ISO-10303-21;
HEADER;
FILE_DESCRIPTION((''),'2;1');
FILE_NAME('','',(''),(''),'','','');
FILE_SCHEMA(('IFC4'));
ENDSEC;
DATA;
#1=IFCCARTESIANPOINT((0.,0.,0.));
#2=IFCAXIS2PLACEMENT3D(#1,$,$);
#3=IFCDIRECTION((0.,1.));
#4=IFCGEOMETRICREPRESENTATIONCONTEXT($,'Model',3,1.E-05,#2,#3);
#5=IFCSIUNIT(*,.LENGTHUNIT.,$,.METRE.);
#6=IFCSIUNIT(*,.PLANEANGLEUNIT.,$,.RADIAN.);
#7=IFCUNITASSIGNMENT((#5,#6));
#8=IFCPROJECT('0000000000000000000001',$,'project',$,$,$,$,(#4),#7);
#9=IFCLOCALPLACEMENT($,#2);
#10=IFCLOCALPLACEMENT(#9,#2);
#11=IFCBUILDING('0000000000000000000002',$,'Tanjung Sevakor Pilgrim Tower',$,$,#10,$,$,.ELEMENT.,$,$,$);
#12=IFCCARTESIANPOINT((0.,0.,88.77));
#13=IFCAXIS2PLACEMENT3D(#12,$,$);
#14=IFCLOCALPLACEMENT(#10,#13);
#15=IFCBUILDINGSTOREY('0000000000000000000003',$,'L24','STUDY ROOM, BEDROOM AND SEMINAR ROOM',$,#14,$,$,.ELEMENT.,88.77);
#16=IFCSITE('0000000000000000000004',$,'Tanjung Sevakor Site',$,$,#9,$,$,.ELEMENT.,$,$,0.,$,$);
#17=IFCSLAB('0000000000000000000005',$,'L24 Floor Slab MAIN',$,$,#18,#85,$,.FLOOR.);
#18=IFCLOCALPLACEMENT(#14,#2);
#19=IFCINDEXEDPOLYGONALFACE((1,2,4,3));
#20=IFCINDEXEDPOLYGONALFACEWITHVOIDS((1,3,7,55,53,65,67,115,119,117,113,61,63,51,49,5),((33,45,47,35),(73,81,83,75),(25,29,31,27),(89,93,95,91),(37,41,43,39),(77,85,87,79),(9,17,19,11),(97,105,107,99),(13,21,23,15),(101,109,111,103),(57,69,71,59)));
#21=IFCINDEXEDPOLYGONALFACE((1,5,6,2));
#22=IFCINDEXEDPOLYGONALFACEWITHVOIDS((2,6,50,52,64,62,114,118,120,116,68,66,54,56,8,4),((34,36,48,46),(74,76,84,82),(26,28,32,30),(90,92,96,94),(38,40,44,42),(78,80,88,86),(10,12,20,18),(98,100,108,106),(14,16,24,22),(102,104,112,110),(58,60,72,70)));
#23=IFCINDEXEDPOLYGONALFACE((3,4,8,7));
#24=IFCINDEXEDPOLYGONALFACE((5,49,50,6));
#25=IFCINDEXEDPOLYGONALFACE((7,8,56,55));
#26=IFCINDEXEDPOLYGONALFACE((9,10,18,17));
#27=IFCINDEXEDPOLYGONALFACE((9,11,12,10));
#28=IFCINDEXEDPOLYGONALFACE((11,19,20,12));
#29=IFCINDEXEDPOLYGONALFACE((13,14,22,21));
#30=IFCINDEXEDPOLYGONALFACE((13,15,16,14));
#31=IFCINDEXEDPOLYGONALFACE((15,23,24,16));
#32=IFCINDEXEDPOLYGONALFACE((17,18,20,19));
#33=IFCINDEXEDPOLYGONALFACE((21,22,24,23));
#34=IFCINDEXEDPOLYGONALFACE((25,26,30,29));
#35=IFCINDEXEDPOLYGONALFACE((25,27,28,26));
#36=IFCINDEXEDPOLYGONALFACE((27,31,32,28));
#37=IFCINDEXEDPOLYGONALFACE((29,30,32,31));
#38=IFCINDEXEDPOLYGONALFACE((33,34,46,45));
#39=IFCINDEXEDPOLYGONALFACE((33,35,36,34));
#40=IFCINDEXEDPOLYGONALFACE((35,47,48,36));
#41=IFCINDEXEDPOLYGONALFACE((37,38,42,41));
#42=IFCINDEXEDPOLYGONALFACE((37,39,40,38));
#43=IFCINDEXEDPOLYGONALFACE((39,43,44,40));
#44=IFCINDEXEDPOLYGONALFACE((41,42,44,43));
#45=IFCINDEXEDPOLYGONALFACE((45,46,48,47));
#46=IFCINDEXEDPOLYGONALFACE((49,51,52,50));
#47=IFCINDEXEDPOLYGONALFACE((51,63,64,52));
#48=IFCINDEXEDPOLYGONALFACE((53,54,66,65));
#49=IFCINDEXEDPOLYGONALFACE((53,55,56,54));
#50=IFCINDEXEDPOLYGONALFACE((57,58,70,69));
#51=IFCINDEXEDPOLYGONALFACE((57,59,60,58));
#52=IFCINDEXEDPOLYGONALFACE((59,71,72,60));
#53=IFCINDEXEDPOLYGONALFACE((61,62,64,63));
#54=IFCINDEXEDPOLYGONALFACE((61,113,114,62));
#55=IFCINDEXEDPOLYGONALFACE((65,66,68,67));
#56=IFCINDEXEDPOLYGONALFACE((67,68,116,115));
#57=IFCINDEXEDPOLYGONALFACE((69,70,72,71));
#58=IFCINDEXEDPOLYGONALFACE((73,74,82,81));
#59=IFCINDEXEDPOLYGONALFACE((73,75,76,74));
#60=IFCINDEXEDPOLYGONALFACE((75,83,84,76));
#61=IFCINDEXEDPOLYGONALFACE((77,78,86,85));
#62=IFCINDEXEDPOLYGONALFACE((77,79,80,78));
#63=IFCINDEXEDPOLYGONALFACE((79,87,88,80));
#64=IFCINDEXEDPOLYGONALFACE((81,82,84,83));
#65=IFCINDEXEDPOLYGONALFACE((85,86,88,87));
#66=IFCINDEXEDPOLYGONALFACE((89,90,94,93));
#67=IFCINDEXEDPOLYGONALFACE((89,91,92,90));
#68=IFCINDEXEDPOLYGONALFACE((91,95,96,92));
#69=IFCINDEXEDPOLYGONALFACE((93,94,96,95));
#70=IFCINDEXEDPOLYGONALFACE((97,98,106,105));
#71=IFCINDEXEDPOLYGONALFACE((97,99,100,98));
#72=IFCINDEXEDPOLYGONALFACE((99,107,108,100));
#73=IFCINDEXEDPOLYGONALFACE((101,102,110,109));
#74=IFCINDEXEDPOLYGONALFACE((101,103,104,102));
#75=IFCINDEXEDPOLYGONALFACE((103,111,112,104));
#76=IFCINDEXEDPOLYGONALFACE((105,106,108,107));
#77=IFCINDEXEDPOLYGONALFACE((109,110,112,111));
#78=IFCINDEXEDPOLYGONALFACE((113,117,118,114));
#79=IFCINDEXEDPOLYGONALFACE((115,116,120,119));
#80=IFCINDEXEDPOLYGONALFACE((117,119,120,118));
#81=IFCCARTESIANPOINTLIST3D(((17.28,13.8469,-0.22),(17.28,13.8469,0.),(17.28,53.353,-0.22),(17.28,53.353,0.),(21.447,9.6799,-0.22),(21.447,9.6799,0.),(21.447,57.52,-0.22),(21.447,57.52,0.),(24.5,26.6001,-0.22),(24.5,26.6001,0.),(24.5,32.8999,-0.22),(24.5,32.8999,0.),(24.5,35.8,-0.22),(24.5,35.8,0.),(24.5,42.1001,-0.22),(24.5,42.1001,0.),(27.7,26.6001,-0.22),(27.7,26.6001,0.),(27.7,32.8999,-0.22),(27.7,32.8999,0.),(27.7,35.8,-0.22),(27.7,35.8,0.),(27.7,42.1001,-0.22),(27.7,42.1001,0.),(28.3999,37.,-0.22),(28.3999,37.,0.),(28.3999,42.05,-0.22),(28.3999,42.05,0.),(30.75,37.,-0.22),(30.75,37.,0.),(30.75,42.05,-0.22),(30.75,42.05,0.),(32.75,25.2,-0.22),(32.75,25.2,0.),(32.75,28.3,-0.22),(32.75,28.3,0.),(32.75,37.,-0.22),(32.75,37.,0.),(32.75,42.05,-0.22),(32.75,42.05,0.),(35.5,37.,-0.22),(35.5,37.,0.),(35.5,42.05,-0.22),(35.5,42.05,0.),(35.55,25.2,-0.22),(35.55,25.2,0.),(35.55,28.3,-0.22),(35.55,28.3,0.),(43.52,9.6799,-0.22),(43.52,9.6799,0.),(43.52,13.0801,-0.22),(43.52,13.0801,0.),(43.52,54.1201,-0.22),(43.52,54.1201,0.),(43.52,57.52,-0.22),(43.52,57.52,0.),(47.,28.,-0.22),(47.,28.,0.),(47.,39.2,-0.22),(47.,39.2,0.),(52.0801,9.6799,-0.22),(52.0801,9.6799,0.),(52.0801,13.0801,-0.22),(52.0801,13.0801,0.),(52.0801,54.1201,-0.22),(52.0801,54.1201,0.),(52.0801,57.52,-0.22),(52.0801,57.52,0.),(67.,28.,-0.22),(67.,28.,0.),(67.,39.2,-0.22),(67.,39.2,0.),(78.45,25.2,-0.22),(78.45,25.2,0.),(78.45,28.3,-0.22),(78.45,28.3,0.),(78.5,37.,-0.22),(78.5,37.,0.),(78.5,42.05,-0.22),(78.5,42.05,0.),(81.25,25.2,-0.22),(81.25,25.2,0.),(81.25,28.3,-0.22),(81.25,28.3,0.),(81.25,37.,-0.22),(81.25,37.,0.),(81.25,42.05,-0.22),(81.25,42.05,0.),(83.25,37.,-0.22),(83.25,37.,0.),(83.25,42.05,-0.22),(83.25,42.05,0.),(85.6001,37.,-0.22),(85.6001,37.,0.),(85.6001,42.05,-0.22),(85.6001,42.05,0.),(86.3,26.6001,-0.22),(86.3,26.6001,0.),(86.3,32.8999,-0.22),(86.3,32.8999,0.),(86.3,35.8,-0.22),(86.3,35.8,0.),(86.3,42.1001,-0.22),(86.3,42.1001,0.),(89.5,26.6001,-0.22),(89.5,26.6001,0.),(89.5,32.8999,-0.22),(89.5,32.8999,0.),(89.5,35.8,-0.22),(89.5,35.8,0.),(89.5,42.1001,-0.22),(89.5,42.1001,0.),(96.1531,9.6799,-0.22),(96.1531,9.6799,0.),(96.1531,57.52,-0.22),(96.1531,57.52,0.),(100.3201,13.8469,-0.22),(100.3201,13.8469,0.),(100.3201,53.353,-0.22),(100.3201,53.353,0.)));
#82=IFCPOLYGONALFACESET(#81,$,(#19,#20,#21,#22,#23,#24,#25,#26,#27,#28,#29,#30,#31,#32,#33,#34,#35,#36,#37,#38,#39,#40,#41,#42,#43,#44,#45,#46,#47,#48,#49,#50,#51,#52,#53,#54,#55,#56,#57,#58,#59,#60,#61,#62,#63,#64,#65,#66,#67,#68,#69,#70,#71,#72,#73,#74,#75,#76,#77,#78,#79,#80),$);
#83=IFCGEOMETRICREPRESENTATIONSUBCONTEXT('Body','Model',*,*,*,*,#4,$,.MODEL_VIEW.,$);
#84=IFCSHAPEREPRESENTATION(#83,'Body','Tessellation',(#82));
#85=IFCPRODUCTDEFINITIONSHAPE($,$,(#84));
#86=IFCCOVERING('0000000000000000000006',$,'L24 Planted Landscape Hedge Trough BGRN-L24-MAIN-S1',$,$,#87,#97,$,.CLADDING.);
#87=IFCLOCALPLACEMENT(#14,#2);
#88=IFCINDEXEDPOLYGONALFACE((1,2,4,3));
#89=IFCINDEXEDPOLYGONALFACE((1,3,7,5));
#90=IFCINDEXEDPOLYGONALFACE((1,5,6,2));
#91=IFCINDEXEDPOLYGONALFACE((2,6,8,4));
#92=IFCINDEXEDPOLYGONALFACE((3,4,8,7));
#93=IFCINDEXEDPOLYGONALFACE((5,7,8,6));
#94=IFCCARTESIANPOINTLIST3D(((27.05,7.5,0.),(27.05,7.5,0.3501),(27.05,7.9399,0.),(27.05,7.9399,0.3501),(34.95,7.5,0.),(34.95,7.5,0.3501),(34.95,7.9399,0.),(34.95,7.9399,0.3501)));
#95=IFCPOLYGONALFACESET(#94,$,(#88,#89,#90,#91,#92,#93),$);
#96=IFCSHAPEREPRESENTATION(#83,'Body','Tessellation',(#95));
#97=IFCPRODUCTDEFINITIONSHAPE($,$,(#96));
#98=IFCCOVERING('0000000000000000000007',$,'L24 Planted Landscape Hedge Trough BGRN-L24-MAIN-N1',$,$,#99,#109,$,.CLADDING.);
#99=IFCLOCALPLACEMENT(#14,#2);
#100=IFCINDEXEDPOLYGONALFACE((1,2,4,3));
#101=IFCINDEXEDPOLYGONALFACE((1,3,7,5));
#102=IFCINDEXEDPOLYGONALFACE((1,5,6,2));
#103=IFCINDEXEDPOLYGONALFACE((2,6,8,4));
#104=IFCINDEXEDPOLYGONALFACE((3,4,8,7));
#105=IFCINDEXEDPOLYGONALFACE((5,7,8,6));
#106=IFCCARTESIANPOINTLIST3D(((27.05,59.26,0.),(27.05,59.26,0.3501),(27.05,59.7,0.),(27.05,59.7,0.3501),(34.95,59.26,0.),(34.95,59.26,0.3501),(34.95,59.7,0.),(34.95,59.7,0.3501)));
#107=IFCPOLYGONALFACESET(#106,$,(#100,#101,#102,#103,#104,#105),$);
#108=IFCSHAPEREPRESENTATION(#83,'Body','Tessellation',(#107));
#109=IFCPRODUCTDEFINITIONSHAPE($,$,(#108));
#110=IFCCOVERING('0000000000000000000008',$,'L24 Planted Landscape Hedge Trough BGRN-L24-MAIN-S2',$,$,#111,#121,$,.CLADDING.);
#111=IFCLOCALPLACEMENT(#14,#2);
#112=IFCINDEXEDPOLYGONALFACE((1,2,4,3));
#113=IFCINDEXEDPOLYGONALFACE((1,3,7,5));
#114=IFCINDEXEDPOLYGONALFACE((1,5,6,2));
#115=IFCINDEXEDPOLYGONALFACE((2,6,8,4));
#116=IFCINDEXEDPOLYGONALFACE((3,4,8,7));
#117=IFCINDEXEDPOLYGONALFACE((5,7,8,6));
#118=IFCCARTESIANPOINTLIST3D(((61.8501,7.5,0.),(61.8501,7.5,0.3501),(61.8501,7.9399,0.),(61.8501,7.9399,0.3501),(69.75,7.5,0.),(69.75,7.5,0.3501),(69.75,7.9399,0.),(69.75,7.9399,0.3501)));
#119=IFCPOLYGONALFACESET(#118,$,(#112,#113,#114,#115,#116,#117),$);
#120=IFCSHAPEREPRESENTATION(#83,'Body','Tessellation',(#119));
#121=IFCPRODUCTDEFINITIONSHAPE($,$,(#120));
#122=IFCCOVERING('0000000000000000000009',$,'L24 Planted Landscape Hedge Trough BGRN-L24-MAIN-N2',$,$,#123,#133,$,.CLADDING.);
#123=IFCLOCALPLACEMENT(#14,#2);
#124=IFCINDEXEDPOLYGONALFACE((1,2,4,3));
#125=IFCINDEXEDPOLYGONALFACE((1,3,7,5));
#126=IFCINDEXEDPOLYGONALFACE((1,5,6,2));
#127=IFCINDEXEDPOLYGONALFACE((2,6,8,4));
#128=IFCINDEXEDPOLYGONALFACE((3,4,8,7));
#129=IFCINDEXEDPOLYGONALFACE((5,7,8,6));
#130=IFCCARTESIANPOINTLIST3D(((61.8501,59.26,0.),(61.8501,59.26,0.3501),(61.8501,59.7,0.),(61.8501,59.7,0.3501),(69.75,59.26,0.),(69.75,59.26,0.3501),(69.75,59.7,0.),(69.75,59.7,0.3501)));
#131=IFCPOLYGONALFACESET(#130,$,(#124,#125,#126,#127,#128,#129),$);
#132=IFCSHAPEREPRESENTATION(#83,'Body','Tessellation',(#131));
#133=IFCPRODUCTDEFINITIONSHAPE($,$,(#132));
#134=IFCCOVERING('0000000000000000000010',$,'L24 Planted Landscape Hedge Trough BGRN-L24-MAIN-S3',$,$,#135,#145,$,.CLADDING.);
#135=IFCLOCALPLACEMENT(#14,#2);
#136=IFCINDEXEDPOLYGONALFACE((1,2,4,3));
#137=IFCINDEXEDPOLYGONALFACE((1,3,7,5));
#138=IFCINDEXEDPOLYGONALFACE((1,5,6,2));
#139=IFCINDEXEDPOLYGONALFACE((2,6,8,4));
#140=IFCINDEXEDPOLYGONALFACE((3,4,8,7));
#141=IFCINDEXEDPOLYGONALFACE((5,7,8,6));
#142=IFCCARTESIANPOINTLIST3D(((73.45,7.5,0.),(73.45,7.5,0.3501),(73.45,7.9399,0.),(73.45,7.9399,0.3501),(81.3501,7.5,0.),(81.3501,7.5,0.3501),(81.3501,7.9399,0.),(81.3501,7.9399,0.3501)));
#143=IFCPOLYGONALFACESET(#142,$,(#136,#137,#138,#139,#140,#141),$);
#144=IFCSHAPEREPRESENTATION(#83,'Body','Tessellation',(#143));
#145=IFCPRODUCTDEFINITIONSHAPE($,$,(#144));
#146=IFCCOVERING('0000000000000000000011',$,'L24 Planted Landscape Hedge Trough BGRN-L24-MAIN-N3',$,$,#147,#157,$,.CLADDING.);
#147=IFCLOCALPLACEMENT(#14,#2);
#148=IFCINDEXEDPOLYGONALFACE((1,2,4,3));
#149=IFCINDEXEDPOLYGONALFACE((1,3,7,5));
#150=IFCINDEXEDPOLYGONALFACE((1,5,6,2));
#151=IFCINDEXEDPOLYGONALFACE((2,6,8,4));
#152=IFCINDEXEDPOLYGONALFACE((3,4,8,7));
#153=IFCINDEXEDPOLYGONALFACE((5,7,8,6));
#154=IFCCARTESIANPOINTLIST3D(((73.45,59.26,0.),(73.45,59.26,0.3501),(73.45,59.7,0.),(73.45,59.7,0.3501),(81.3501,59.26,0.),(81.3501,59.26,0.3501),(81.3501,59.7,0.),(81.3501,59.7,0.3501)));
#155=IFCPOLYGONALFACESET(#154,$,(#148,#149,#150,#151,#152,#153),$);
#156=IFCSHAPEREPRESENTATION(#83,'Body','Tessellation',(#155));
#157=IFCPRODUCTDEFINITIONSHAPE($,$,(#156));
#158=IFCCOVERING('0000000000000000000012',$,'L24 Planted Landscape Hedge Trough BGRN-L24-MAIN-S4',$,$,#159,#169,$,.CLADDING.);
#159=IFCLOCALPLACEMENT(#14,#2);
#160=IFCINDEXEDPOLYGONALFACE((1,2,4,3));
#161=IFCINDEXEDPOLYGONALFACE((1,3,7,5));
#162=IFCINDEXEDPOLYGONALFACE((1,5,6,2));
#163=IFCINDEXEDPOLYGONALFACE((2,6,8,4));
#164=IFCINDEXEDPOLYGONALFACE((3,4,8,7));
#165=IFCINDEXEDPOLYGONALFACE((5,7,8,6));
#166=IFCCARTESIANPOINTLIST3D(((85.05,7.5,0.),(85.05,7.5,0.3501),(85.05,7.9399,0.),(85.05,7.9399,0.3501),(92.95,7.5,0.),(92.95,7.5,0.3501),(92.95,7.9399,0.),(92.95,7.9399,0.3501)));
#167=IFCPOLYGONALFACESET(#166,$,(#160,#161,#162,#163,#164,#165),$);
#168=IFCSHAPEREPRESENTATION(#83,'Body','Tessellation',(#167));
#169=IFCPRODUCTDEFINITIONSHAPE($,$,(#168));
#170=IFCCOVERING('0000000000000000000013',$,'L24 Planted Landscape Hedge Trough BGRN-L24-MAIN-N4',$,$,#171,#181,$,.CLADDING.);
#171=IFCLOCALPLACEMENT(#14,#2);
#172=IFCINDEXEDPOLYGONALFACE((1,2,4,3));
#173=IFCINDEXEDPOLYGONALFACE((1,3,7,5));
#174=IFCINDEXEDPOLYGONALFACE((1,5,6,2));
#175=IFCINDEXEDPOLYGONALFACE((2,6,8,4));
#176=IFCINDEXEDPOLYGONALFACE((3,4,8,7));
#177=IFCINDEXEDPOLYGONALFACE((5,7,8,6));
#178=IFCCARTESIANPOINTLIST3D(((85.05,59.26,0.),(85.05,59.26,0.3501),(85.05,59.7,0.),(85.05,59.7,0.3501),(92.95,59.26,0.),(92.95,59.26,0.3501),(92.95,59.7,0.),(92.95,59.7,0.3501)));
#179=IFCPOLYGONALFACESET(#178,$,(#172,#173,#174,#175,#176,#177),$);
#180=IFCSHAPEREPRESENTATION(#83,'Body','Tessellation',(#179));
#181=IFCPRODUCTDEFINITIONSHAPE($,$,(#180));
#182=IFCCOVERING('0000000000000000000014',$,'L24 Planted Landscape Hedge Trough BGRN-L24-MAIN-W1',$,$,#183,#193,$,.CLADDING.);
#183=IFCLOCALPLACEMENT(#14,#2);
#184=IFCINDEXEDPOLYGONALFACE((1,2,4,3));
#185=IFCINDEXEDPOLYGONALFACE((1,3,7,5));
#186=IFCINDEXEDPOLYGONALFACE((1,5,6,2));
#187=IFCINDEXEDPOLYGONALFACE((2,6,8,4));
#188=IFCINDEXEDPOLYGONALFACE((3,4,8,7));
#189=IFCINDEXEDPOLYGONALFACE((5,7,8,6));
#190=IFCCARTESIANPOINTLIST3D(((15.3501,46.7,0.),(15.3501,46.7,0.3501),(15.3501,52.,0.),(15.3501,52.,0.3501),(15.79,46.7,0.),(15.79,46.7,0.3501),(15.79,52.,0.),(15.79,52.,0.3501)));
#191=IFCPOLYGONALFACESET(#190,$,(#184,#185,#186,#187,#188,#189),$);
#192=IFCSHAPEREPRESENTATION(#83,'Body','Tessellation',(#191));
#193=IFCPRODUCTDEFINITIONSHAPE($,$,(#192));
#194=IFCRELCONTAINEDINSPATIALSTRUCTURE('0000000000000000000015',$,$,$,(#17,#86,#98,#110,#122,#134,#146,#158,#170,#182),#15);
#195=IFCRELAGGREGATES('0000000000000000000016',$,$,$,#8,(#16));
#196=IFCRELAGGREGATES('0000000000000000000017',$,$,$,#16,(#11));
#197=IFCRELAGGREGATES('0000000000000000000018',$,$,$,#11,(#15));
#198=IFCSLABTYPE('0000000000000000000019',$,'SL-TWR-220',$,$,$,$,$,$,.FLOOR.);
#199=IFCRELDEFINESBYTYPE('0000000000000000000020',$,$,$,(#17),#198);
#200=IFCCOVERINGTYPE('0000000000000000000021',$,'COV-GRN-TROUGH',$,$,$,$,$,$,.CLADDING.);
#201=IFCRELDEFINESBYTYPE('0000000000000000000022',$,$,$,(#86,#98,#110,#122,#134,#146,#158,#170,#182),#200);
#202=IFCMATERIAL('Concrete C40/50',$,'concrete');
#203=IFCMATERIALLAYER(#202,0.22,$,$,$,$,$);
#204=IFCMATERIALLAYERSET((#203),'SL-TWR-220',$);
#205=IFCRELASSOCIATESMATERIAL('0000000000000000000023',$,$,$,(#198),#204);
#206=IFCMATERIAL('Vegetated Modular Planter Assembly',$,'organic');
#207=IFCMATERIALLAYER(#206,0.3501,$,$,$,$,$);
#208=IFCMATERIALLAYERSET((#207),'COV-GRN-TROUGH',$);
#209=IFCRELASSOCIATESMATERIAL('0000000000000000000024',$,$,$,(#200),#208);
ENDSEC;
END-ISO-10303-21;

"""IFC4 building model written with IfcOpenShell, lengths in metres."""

from ifc_helpers import new_model, si_unit, direction, frame, origin, place, context, subcontext, project, spatial, polyline, outline, extrude, material, layer, layer_set, type_object, element, save


model = new_model("IFC4")

# Units and contexts
model_context = context("Model", 3, precision=1e-05, world=origin(), true_north=direction((0.0, 1.0)))
body_context = subcontext(model_context, "Body", "Model", "MODEL_VIEW")
ifc_project = project(units=[si_unit("LENGTHUNIT", "METRE"), si_unit("PLANEANGLEUNIT", "RADIAN")], contexts=[model_context])

# Site, building, storey
site_placement = place(None, origin())
site = spatial("IfcSite", under=ifc_project, at=site_placement, Name="Tanjung Sevakor Site", CompositionType="ELEMENT", RefElevation=0.0)
building_placement = place(site_placement, origin())
building = spatial("IfcBuilding", under=site, at=building_placement, Name="Tanjung Sevakor Pilgrim Tower", CompositionType="ELEMENT")
storey_placement = place(building_placement, frame((0.0, 0.0, 88.77)))
storey = spatial("IfcBuildingStorey", under=building, at=storey_placement, Name="L24", Description="STUDY ROOM, BEDROOM AND SEMINAR ROOM", CompositionType="ELEMENT", Elevation=88.77)

# Slab
ifc_material_1 = material(Name="Concrete C40/50", Category="concrete")
ifc_layer_1 = layer(ifc_material_1, 0.22)
ifc_layer_set_1 = layer_set([ifc_layer_1], Name="SL-TWR-220")
slab_type_1 = type_object("IfcSlabType", Name="SL-TWR-220", PredefinedType="FLOOR", material=ifc_layer_set_1)
slab_1_placement = place(storey_placement, frame((0.0, 0.0, -0.22)))
element("IfcSlab", 1, at=slab_1_placement, inside=storey, type_object=slab_type_1, Name="L24 Floor Slab MAIN", PredefinedType="FLOOR", context=body_context, shape_type="SweptSolid", body=[
    extrude(outline(polyline([(21.447, 9.6799), (43.52, 9.6799), (43.52, 13.0801), (52.0801, 13.0801), (52.0801, 9.6799), (96.1531, 9.6799), (100.3201, 13.8469), (100.3201, 53.353), (96.1531, 57.52), (52.0801, 57.52), (52.0801, 54.1201), (43.52, 54.1201), (43.52, 57.52), (21.447, 57.52), (17.28, 53.353), (17.28, 13.8469), (21.447, 9.6799)]), holes=[polyline([(27.7, 26.6001), (27.7, 32.8999), (24.5, 32.8999), (24.5, 26.6001), (27.7, 26.6001)]), polyline([(27.7, 35.8), (27.7, 42.1001), (24.5, 42.1001), (24.5, 35.8), (27.7, 35.8)]), polyline([(89.5, 26.6001), (89.5, 32.8999), (86.3, 32.8999), (86.3, 26.6001), (89.5, 26.6001)]), polyline([(89.5, 35.8), (89.5, 42.1001), (86.3, 42.1001), (86.3, 35.8), (89.5, 35.8)]), polyline([(32.75, 25.2), (35.55, 25.2), (35.55, 28.3), (32.75, 28.3), (32.75, 25.2)]), polyline([(28.3999, 37.0), (30.75, 37.0), (30.75, 42.05), (28.3999, 42.05), (28.3999, 37.0)]), polyline([(32.75, 37.0), (35.5, 37.0), (35.5, 42.05), (32.75, 42.05), (32.75, 37.0)]), polyline([(78.45, 25.2), (81.25, 25.2), (81.25, 28.3), (78.45, 28.3), (78.45, 25.2)]), polyline([(83.25, 37.0), (85.6001, 37.0), (85.6001, 42.05), (83.25, 42.05), (83.25, 37.0)]), polyline([(78.5, 37.0), (81.25, 37.0), (81.25, 42.05), (78.5, 42.05), (78.5, 37.0)]), polyline([(47.0, 28.0), (67.0, 28.0), (67.0, 39.2), (47.0, 39.2), (47.0, 28.0)])]), origin(), (0.0, 0.0, 1.0), 0.22),
])

# Coverings
ifc_material_2 = material(Name="Vegetated Modular Planter Assembly", Category="organic")
ifc_layer_2 = layer(ifc_material_2, 0.3501)
ifc_layer_set_2 = layer_set([ifc_layer_2], Name="COV-GRN-TROUGH")
covering_type = type_object("IfcCoveringType", Name="COV-GRN-TROUGH", PredefinedType="CLADDING", material=ifc_layer_set_2)
covering_1_placement = place(storey_placement, origin())
element("IfcCovering", 2, at=covering_1_placement, inside=storey, type_object=covering_type, Name="L24 Planted Landscape Hedge Trough BGRN-L24-MAIN-S1", PredefinedType="CLADDING", context=body_context, shape_type="SweptSolid", body=[
    extrude(outline(polyline([(27.05, 7.5), (34.95, 7.5), (34.95, 7.9399), (27.05, 7.9399), (27.05, 7.5)])), origin(), (0.0, 0.0, 1.0), 0.3501),
])
covering_2_placement = place(storey_placement, origin())
element("IfcCovering", 3, at=covering_2_placement, inside=storey, type_object=covering_type, Name="L24 Planted Landscape Hedge Trough BGRN-L24-MAIN-N1", PredefinedType="CLADDING", context=body_context, shape_type="SweptSolid", body=[
    extrude(outline(polyline([(27.05, 59.26), (34.95, 59.26), (34.95, 59.7), (27.05, 59.7), (27.05, 59.26)])), origin(), (0.0, 0.0, 1.0), 0.3501),
])
covering_3_placement = place(storey_placement, origin())
element("IfcCovering", 4, at=covering_3_placement, inside=storey, type_object=covering_type, Name="L24 Planted Landscape Hedge Trough BGRN-L24-MAIN-S2", PredefinedType="CLADDING", context=body_context, shape_type="SweptSolid", body=[
    extrude(outline(polyline([(61.8501, 7.5), (69.75, 7.5), (69.75, 7.9399), (61.8501, 7.9399), (61.8501, 7.5)])), origin(), (0.0, 0.0, 1.0), 0.3501),
])
covering_4_placement = place(storey_placement, origin())
element("IfcCovering", 5, at=covering_4_placement, inside=storey, type_object=covering_type, Name="L24 Planted Landscape Hedge Trough BGRN-L24-MAIN-N2", PredefinedType="CLADDING", context=body_context, shape_type="SweptSolid", body=[
    extrude(outline(polyline([(61.8501, 59.26), (69.75, 59.26), (69.75, 59.7), (61.8501, 59.7), (61.8501, 59.26)])), origin(), (0.0, 0.0, 1.0), 0.3501),
])
covering_5_placement = place(storey_placement, origin())
element("IfcCovering", 6, at=covering_5_placement, inside=storey, type_object=covering_type, Name="L24 Planted Landscape Hedge Trough BGRN-L24-MAIN-S3", PredefinedType="CLADDING", context=body_context, shape_type="SweptSolid", body=[
    extrude(outline(polyline([(73.45, 7.5), (81.3501, 7.5), (81.3501, 7.9399), (73.45, 7.9399), (73.45, 7.5)])), origin(), (0.0, 0.0, 1.0), 0.3501),
])
covering_6_placement = place(storey_placement, origin())
element("IfcCovering", 7, at=covering_6_placement, inside=storey, type_object=covering_type, Name="L24 Planted Landscape Hedge Trough BGRN-L24-MAIN-N3", PredefinedType="CLADDING", context=body_context, shape_type="SweptSolid", body=[
    extrude(outline(polyline([(73.45, 59.26), (81.3501, 59.26), (81.3501, 59.7), (73.45, 59.7), (73.45, 59.26)])), origin(), (0.0, 0.0, 1.0), 0.3501),
])
covering_7_placement = place(storey_placement, origin())
element("IfcCovering", 8, at=covering_7_placement, inside=storey, type_object=covering_type, Name="L24 Planted Landscape Hedge Trough BGRN-L24-MAIN-S4", PredefinedType="CLADDING", context=body_context, shape_type="SweptSolid", body=[
    extrude(outline(polyline([(85.05, 7.5), (92.95, 7.5), (92.95, 7.9399), (85.05, 7.9399), (85.05, 7.5)])), origin(), (0.0, 0.0, 1.0), 0.3501),
])
covering_8_placement = place(storey_placement, origin())
element("IfcCovering", 9, at=covering_8_placement, inside=storey, type_object=covering_type, Name="L24 Planted Landscape Hedge Trough BGRN-L24-MAIN-N4", PredefinedType="CLADDING", context=body_context, shape_type="SweptSolid", body=[
    extrude(outline(polyline([(85.05, 59.26), (92.95, 59.26), (92.95, 59.7), (85.05, 59.7), (85.05, 59.26)])), origin(), (0.0, 0.0, 1.0), 0.3501),
])
covering_9_placement = place(storey_placement, origin())
element("IfcCovering", 10, at=covering_9_placement, inside=storey, type_object=covering_type, Name="L24 Planted Landscape Hedge Trough BGRN-L24-MAIN-W1", PredefinedType="CLADDING", context=body_context, shape_type="SweptSolid", body=[
    extrude(outline(polyline([(15.79, 46.7), (15.79, 52.0), (15.3501, 52.0), (15.3501, 46.7), (15.79, 46.7)])), origin(), (0.0, 0.0, 1.0), 0.3501),
])

save(model, "model.ifc")
